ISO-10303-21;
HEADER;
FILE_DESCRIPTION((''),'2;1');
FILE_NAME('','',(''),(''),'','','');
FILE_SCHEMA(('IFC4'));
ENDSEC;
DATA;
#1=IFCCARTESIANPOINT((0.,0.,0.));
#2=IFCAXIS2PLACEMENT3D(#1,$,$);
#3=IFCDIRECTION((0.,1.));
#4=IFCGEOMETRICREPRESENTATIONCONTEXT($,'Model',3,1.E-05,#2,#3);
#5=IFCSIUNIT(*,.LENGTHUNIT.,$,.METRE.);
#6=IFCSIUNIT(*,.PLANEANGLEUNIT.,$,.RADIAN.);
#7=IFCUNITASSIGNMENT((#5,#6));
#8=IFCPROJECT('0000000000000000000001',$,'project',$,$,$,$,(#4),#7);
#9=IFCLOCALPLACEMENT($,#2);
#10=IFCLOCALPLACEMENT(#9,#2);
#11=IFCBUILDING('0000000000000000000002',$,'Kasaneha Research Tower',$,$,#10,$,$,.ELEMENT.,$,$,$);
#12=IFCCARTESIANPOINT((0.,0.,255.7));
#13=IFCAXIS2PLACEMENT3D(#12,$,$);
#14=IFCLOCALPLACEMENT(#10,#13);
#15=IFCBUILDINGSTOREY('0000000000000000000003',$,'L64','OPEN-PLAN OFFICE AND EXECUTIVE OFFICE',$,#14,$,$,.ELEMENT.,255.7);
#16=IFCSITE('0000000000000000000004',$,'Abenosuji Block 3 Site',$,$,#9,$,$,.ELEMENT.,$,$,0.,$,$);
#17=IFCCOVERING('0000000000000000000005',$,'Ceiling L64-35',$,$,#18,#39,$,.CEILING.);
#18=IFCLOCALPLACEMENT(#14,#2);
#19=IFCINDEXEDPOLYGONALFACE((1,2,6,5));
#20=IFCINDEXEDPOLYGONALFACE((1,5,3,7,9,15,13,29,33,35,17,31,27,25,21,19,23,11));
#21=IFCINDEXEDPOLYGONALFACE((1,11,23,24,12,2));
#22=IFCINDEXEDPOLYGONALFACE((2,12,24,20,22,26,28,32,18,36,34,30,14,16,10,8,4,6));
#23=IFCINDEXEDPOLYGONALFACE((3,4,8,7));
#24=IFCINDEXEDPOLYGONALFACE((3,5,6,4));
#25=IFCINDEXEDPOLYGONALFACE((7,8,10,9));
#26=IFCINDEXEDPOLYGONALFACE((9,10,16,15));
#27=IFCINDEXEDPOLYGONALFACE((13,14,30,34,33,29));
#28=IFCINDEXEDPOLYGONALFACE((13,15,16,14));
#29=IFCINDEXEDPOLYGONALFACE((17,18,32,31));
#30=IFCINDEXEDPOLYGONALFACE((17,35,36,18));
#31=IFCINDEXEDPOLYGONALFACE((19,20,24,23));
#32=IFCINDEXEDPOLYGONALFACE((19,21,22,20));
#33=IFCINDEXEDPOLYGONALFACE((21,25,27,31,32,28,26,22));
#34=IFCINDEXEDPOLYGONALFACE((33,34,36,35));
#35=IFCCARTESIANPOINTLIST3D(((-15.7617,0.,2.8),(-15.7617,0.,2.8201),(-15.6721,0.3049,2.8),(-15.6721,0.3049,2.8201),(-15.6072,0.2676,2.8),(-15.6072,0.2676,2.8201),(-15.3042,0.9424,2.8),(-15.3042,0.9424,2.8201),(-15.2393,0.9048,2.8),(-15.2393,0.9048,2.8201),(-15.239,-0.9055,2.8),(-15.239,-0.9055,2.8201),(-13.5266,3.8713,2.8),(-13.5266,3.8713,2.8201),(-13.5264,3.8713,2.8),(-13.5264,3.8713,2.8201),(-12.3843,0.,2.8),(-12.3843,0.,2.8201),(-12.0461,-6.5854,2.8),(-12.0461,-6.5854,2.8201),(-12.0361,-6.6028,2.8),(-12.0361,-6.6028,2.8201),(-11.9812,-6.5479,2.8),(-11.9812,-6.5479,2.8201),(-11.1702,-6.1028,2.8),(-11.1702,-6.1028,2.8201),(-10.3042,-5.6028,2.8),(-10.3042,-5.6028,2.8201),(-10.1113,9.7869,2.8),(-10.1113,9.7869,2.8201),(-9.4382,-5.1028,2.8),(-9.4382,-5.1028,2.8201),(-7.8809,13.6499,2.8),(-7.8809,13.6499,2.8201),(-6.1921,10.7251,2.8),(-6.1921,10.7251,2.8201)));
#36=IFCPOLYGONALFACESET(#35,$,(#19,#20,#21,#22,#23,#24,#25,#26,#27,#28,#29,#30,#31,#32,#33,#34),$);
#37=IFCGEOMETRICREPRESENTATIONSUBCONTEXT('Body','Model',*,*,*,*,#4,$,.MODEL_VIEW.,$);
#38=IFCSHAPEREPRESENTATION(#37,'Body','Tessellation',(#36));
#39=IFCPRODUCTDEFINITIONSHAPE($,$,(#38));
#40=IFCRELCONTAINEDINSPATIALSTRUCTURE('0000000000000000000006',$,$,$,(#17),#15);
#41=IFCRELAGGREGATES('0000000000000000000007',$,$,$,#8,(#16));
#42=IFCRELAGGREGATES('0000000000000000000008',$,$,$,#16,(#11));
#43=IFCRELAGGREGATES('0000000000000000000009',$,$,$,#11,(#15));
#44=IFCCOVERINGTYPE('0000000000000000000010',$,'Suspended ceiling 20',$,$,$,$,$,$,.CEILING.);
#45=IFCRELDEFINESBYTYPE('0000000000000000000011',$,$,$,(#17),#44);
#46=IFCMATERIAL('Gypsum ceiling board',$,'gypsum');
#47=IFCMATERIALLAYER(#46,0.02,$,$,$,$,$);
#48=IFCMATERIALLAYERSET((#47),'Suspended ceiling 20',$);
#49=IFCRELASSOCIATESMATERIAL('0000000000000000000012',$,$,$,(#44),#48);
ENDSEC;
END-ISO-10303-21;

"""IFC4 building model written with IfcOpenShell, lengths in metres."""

from ifc_helpers import new_model, si_unit, direction, frame, origin, place, context, subcontext, project, spatial, polyline, outline, extrude, material, layer, layer_set, type_object, element, save


model = new_model("IFC4")

# Units and contexts
model_context = context("Model", 3, precision=1e-05, world=origin(), true_north=direction((0.0, 1.0)))
body_context = subcontext(model_context, "Body", "Model", "MODEL_VIEW")
ifc_project = project(units=[si_unit("LENGTHUNIT", "METRE"), si_unit("PLANEANGLEUNIT", "RADIAN")], contexts=[model_context])

# Site, building, storey
site_placement = place(None, origin())
site = spatial("IfcSite", under=ifc_project, at=site_placement, Name="Abenosuji Block 3 Site", CompositionType="ELEMENT", RefElevation=0.0)
building_placement = place(site_placement, origin())
building = spatial("IfcBuilding", under=site, at=building_placement, Name="Kasaneha Research Tower", CompositionType="ELEMENT")
storey_placement = place(building_placement, frame((0.0, 0.0, 255.7)))
storey = spatial("IfcBuildingStorey", under=building, at=storey_placement, Name="L64", Description="OPEN-PLAN OFFICE AND EXECUTIVE OFFICE", CompositionType="ELEMENT", Elevation=255.7)

# Covering
ifc_material_1 = material(Name="Gypsum ceiling board", Category="gypsum")
ifc_layer_1 = layer(ifc_material_1, 0.02)
ifc_layer_set_1 = layer_set([ifc_layer_1], Name="Suspended ceiling 20")
covering_type_1 = type_object("IfcCoveringType", Name="Suspended ceiling 20", PredefinedType="CEILING", material=ifc_layer_set_1)
covering_1_placement = place(storey_placement, frame((0.0, 0.0, 2.8)))
element("IfcCovering", 1, at=covering_1_placement, inside=storey, type_object=covering_type_1, Name="Ceiling L64-35", PredefinedType="CEILING", context=body_context, shape_type="SweptSolid", body=[
    extrude(outline(polyline([(-12.3843, 0.0), (-9.4382, -5.1028), (-10.3042, -5.6028), (-10.3042, -5.6028), (-11.1702, -6.1028), (-11.1702, -6.1028), (-12.0361, -6.6028), (-12.0461, -6.5854), (-11.9812, -6.5479), (-15.239, -0.9055), (-15.239, -0.9055), (-15.7617, 0.0), (-15.6072, 0.2676), (-15.6721, 0.3049), (-15.3042, 0.9424), (-15.2393, 0.9048), (-13.5264, 3.8713), (-13.5266, 3.8713), (-10.1113, 9.7869), (-10.1113, 9.7869), (-7.8809, 13.6499), (-7.8809, 13.6499), (-6.1921, 10.7251), (-12.3843, 0.0)])), origin(), (0.0, 0.0, 1.0), 0.02),
])

save(model, "model.ifc")
